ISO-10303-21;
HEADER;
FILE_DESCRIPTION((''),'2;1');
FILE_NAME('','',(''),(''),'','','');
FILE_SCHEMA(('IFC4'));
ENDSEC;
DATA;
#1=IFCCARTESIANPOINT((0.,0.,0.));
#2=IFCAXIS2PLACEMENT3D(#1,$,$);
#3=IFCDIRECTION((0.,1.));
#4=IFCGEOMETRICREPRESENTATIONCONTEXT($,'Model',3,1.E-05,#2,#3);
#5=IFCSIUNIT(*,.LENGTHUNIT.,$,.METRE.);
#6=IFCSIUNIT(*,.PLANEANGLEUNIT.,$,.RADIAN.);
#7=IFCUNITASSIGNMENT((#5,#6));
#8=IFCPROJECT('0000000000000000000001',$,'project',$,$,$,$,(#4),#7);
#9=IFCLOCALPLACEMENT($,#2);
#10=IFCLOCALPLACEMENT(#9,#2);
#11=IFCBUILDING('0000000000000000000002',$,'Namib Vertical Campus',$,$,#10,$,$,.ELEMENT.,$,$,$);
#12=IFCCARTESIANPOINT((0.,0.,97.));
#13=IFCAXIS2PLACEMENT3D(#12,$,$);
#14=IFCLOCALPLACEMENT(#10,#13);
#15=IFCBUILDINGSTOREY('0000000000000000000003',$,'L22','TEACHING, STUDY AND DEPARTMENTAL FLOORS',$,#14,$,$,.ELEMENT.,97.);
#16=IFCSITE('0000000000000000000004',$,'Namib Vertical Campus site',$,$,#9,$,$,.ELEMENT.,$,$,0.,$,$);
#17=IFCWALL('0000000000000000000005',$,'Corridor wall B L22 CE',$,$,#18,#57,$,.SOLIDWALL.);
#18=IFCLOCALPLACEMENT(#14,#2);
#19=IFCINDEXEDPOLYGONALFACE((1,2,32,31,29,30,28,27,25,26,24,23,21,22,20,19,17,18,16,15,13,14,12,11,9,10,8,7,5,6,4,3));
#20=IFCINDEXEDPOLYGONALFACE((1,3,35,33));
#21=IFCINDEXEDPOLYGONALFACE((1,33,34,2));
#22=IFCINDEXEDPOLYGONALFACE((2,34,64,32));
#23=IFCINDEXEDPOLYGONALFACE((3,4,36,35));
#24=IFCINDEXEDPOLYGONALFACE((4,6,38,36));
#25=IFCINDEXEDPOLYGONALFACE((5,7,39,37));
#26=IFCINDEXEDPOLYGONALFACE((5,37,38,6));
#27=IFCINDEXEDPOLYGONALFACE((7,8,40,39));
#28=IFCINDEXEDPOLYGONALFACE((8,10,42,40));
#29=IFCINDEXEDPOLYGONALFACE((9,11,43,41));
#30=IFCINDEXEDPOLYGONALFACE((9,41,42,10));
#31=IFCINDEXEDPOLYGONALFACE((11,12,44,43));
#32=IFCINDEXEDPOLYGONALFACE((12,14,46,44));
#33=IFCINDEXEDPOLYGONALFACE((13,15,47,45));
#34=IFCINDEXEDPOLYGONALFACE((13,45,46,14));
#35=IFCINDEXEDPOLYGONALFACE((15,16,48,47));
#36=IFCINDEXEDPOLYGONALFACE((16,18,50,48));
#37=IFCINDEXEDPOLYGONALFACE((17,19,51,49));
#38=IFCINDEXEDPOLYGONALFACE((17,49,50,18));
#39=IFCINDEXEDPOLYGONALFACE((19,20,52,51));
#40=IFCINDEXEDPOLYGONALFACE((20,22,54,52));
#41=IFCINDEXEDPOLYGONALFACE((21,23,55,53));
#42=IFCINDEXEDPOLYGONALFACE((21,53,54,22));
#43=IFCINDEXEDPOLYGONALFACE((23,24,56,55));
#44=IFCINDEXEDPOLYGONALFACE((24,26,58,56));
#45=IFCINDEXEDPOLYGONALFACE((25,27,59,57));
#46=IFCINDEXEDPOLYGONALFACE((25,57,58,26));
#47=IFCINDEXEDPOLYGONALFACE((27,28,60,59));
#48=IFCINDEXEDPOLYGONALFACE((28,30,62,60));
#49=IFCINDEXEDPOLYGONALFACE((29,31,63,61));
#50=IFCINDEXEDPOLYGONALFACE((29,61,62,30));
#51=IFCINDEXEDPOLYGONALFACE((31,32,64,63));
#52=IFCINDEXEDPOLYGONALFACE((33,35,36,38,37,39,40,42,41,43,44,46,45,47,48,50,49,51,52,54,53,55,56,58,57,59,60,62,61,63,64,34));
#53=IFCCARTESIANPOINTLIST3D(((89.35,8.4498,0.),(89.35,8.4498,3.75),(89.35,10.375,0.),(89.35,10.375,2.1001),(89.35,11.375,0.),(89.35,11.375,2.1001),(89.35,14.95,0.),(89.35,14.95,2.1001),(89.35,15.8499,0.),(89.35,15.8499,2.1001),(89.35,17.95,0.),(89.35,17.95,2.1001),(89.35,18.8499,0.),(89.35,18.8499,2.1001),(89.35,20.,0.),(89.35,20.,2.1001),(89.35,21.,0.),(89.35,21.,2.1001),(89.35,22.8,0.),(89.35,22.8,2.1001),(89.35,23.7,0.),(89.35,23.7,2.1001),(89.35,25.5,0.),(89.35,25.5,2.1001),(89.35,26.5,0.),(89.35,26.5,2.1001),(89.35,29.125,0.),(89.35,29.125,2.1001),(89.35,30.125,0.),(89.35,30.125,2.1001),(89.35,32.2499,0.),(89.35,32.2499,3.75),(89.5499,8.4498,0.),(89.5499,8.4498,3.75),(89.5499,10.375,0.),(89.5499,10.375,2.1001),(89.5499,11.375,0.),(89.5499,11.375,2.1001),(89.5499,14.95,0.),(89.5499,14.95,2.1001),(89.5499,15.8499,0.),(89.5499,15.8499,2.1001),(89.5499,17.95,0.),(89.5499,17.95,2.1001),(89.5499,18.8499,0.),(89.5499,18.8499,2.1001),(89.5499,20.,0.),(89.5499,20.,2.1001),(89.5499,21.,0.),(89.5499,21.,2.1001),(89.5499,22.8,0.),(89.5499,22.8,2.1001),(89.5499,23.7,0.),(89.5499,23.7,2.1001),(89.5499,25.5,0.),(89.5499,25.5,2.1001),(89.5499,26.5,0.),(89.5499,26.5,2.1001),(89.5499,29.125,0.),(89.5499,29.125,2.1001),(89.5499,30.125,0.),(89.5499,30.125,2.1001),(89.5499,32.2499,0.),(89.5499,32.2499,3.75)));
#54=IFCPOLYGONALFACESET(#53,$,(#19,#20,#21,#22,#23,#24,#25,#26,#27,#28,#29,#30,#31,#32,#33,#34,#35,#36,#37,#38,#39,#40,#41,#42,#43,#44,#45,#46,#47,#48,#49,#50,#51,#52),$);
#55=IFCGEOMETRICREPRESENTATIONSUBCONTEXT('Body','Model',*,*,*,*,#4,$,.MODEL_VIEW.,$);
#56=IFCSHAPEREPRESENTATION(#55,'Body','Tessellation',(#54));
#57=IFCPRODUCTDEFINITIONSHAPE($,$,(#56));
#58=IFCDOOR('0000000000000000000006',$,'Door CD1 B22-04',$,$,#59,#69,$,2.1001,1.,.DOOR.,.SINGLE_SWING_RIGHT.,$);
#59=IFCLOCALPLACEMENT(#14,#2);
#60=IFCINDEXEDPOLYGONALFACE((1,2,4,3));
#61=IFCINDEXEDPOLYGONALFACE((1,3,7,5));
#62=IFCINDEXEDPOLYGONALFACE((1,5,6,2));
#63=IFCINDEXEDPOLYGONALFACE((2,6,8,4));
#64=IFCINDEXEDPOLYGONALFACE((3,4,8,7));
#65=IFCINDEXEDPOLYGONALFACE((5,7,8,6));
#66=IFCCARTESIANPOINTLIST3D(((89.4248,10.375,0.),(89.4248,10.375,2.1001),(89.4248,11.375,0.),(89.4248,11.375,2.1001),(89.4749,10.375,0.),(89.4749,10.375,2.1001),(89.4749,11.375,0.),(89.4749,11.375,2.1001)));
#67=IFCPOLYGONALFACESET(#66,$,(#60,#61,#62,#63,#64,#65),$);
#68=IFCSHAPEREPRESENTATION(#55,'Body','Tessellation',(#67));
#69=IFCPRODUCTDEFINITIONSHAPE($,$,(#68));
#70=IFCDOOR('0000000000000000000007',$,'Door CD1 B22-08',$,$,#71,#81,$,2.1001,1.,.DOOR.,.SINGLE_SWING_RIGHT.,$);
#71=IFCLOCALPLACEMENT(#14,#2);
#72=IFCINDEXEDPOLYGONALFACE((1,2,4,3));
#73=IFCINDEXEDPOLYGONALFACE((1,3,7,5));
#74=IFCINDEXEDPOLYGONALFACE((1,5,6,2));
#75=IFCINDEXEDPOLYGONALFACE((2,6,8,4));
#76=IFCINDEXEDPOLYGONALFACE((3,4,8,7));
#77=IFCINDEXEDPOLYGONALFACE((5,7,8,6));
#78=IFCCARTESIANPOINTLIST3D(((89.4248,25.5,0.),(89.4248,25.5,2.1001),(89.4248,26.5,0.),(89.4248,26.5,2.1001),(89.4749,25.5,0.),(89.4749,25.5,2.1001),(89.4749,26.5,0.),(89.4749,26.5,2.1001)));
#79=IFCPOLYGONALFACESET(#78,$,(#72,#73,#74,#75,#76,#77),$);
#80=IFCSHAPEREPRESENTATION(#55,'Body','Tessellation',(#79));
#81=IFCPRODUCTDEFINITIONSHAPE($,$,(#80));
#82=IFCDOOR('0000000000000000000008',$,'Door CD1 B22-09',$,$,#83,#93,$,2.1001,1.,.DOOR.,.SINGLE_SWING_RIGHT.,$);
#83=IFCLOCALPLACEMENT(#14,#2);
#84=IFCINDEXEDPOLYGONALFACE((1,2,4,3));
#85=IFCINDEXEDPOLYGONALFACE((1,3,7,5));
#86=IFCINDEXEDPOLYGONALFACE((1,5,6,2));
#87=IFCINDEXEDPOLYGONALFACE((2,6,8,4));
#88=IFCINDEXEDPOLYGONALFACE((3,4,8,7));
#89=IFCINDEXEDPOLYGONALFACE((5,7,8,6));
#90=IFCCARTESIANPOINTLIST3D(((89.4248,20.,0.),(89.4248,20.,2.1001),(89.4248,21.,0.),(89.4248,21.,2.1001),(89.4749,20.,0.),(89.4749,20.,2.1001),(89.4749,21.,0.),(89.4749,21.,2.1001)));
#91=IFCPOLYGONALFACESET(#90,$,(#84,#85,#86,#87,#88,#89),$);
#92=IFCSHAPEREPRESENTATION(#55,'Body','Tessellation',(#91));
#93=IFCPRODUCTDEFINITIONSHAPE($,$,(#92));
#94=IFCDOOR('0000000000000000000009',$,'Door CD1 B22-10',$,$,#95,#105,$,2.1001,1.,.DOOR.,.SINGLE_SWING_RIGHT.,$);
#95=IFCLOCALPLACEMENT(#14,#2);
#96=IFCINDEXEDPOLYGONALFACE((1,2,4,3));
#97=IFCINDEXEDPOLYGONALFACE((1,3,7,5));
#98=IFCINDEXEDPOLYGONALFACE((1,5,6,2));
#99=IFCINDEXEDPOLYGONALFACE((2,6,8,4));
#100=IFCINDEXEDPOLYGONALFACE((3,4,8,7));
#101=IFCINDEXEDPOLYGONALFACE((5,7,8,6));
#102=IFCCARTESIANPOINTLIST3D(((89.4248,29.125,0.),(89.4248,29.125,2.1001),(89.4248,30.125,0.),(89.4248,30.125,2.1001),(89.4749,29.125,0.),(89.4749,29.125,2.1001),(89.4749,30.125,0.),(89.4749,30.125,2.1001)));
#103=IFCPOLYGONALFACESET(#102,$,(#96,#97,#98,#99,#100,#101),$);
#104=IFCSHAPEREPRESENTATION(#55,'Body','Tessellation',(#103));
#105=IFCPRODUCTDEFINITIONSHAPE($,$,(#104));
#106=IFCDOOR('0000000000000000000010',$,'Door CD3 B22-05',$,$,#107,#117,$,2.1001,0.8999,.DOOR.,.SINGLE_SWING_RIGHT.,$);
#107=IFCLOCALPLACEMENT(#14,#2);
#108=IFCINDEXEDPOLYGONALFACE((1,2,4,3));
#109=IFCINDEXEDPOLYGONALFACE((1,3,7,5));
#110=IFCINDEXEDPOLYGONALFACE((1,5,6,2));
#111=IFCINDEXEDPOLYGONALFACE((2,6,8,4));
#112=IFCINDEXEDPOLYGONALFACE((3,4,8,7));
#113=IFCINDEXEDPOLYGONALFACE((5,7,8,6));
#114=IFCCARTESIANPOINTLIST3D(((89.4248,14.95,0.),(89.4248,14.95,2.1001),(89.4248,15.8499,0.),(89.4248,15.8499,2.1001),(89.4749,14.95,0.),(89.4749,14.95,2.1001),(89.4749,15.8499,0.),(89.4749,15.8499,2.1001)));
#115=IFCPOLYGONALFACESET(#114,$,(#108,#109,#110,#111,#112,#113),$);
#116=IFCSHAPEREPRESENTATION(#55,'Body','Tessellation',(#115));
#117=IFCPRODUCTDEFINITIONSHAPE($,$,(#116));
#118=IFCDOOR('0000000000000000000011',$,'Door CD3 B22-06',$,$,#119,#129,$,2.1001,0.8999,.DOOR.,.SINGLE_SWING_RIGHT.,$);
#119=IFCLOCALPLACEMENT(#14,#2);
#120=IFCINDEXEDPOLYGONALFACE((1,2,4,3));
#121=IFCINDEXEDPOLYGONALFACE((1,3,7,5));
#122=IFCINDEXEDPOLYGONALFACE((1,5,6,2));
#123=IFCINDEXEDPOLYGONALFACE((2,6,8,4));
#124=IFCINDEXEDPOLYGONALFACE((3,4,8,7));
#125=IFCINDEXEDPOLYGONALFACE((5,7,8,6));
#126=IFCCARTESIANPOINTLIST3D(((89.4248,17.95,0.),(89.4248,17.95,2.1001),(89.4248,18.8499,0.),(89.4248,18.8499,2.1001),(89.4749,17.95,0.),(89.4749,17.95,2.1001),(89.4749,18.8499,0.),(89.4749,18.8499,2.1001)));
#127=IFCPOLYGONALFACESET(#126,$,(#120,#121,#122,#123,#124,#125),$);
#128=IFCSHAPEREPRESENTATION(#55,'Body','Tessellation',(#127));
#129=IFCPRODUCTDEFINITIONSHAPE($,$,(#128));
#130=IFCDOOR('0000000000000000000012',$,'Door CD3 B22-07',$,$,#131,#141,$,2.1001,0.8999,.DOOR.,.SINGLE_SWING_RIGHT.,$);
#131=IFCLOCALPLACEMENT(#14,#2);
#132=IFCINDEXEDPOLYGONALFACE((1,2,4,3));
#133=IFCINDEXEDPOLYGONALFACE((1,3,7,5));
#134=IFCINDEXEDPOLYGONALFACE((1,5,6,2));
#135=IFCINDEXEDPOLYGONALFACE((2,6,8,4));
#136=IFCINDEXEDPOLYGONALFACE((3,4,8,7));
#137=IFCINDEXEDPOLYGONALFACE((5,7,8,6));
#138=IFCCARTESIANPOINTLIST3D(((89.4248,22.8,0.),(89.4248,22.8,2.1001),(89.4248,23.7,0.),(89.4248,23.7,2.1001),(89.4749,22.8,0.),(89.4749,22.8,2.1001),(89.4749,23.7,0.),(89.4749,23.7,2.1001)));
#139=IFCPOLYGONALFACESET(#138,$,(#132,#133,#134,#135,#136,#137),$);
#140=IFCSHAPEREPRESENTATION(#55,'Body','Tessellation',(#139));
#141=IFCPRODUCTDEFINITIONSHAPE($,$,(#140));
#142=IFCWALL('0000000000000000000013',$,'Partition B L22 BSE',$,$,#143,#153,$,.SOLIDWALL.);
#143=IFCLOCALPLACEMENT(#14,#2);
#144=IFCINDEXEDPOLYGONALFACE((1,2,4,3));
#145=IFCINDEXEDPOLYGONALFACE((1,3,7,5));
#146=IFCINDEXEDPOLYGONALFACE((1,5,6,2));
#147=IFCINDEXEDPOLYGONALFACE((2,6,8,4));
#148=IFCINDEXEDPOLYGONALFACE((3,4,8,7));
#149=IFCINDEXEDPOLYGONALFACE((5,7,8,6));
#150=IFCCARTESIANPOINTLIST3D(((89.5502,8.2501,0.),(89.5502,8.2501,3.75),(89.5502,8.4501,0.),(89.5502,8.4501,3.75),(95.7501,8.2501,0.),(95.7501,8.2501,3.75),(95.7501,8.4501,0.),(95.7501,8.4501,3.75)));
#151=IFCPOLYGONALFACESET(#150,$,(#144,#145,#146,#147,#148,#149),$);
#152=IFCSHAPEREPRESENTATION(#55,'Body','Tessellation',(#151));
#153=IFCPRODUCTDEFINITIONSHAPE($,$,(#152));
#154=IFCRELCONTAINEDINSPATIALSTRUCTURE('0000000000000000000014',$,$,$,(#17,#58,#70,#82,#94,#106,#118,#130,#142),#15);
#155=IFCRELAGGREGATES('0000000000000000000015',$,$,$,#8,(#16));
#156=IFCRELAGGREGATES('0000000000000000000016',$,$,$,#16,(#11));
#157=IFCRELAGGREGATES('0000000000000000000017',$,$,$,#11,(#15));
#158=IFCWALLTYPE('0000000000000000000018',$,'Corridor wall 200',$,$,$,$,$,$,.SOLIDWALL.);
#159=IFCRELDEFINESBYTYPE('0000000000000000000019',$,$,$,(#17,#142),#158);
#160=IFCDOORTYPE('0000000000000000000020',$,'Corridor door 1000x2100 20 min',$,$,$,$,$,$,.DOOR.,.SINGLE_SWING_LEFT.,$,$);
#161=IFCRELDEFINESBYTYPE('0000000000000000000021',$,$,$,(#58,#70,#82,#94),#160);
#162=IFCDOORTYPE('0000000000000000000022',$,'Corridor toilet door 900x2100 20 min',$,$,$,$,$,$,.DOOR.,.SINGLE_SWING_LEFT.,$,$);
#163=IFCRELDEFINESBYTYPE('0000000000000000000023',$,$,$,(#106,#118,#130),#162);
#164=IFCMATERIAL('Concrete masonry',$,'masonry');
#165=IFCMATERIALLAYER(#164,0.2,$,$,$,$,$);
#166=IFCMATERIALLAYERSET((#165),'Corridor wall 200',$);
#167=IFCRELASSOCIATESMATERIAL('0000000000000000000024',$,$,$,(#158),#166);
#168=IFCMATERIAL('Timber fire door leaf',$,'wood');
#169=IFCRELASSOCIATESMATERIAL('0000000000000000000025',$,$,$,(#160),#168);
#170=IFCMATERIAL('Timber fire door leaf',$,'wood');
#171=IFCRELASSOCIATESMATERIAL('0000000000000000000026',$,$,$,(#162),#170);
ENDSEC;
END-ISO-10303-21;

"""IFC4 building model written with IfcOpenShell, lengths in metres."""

from ifc_helpers import new_model, si_unit, direction, frame, frame_2d, origin, place, context, subcontext, project, spatial, rectangle, extrude, material, layer, layer_set, type_object, element, fill, save


model = new_model("IFC4")

# Units and contexts
model_context = context("Model", 3, precision=1e-05, world=origin(), true_north=direction((0.0, 1.0)))
body_context = subcontext(model_context, "Body", "Model", "MODEL_VIEW")
ifc_project = project(units=[si_unit("LENGTHUNIT", "METRE"), si_unit("PLANEANGLEUNIT", "RADIAN")], contexts=[model_context])

# Site, building, storey
site_placement = place(None, origin())
site = spatial("IfcSite", under=ifc_project, at=site_placement, Name="Namib Vertical Campus site", CompositionType="ELEMENT", RefElevation=0.0)
building_placement = place(site_placement, origin())
building = spatial("IfcBuilding", under=site, at=building_placement, Name="Namib Vertical Campus", CompositionType="ELEMENT")
storey_placement = place(building_placement, frame((0.0, 0.0, 97.0)))
storey = spatial("IfcBuildingStorey", under=building, at=storey_placement, Name="L22", Description="TEACHING, STUDY AND DEPARTMENTAL FLOORS", CompositionType="ELEMENT", Elevation=97.0)

# Wall, openings, doors
ifc_material_1 = material(Name="Concrete masonry", Category="masonry")
ifc_layer_1 = layer(ifc_material_1, 0.2)
ifc_layer_set_1 = layer_set([ifc_layer_1], Name="Corridor wall 200")
wall_type_1 = type_object("IfcWallType", Name="Corridor wall 200", PredefinedType="SOLIDWALL", material=ifc_layer_set_1)
wall_1_placement = place(storey_placement, frame((89.45, 8.45, 0.0), z_axis=(0.0, 0.0, 1.0), x_axis=(0.0, 1.0, 0.0)))
wall_1 = element("IfcWall", 1, at=wall_1_placement, inside=storey, type_object=wall_type_1, Name="Corridor wall B L22 CE", PredefinedType="SOLIDWALL", context=body_context, shape_type="SweptSolid", body=[
    extrude(rectangle(XDim=23.8, YDim=0.2, at=frame_2d((11.8999, 0.0))), origin(), (0.0, 0.0, 1.0), 3.75),
])
opening_1_placement = place(wall_1_placement, frame((1.925, 0.0, 0.0)))
opening_1 = element("IfcOpeningElement", 2, at=opening_1_placement, cuts=wall_1, PredefinedType="OPENING", context=body_context, shape_type="SweptSolid", body=[
    extrude(rectangle(XDim=1.0, YDim=2.1001, at=frame_2d((0.5, 1.05))), frame((0.0, 0.1099, 0.0), z_axis=(0.0, -1.0, 0.0), x_axis=(1.0, 0.0, 0.0)), (0.0, 0.0, 1.0), 0.22),
])
opening_2_placement = place(wall_1_placement, frame((6.5, 0.0, 0.0)))
opening_2 = element("IfcOpeningElement", 3, at=opening_2_placement, cuts=wall_1, PredefinedType="OPENING", context=body_context, shape_type="SweptSolid", body=[
    extrude(rectangle(XDim=0.8999, YDim=2.1001, at=frame_2d((0.45, 1.05))), frame((0.0, 0.1099, 0.0), z_axis=(0.0, -1.0, 0.0), x_axis=(1.0, 0.0, 0.0)), (0.0, 0.0, 1.0), 0.22),
])
opening_3_placement = place(wall_1_placement, frame((9.5, 0.0, 0.0)))
opening_3 = element("IfcOpeningElement", 4, at=opening_3_placement, cuts=wall_1, PredefinedType="OPENING", context=body_context, shape_type="SweptSolid", body=[
    extrude(rectangle(XDim=0.8999, YDim=2.1001, at=frame_2d((0.45, 1.05))), frame((0.0, 0.1099, 0.0), z_axis=(0.0, -1.0, 0.0), x_axis=(1.0, 0.0, 0.0)), (0.0, 0.0, 1.0), 0.22),
])
opening_4_placement = place(wall_1_placement, frame((14.3501, 0.0, 0.0)))
opening_4 = element("IfcOpeningElement", 5, at=opening_4_placement, cuts=wall_1, PredefinedType="OPENING", context=body_context, shape_type="SweptSolid", body=[
    extrude(rectangle(XDim=0.8999, YDim=2.1001, at=frame_2d((0.45, 1.05))), frame((0.0, 0.1099, 0.0), z_axis=(0.0, -1.0, 0.0), x_axis=(1.0, 0.0, 0.0)), (0.0, 0.0, 1.0), 0.22),
])
opening_5_placement = place(wall_1_placement, frame((17.05, 0.0, 0.0)))
opening_5 = element("IfcOpeningElement", 6, at=opening_5_placement, cuts=wall_1, PredefinedType="OPENING", context=body_context, shape_type="SweptSolid", body=[
    extrude(rectangle(XDim=1.0, YDim=2.1001, at=frame_2d((0.5, 1.05))), frame((0.0, 0.1099, 0.0), z_axis=(0.0, -1.0, 0.0), x_axis=(1.0, 0.0, 0.0)), (0.0, 0.0, 1.0), 0.22),
])
opening_6_placement = place(wall_1_placement, frame((11.55, 0.0, 0.0)))
opening_6 = element("IfcOpeningElement", 7, at=opening_6_placement, cuts=wall_1, PredefinedType="OPENING", context=body_context, shape_type="SweptSolid", body=[
    extrude(rectangle(XDim=1.0, YDim=2.1001, at=frame_2d((0.5, 1.05))), frame((0.0, 0.1099, 0.0), z_axis=(0.0, -1.0, 0.0), x_axis=(1.0, 0.0, 0.0)), (0.0, 0.0, 1.0), 0.22),
])
opening_7_placement = place(wall_1_placement, frame((20.675, 0.0, 0.0)))
opening_7 = element("IfcOpeningElement", 8, at=opening_7_placement, cuts=wall_1, PredefinedType="OPENING", context=body_context, shape_type="SweptSolid", body=[
    extrude(rectangle(XDim=1.0, YDim=2.1001, at=frame_2d((0.5, 1.05))), frame((0.0, 0.1099, 0.0), z_axis=(0.0, -1.0, 0.0), x_axis=(1.0, 0.0, 0.0)), (0.0, 0.0, 1.0), 0.22),
])
ifc_material_2 = material(Name="Timber fire door leaf", Category="wood")
door_type_1 = type_object("IfcDoorType", Name="Corridor door 1000x2100 20 min", OperationType="SINGLE_SWING_LEFT", PredefinedType="DOOR", material=ifc_material_2)
door_1_placement = place(opening_1_placement, frame((1.0, 0.0, 0.0), z_axis=(0.0, 0.0, 1.0), x_axis=(-1.0, 0.0, 0.0)))
door_1 = element("IfcDoor", 9, at=door_1_placement, inside=storey, type_object=door_type_1, Name="Door CD1 B22-04", OperationType="SINGLE_SWING_RIGHT", OverallHeight=2.1001, OverallWidth=1.0, PredefinedType="DOOR", context=body_context, shape_type="SweptSolid", body=[
    extrude(rectangle(XDim=1.0, YDim=2.1001, at=frame_2d((0.5, 1.05))), frame((0.0, 0.0249, 0.0), z_axis=(0.0, -1.0, 0.0), x_axis=(1.0, 0.0, 0.0)), (0.0, 0.0, 1.0), 0.05),
])
fill(opening_1, door_1)
door_2_placement = place(opening_5_placement, frame((1.0, 0.0, 0.0), z_axis=(0.0, 0.0, 1.0), x_axis=(-1.0, 0.0, 0.0)))
door_2 = element("IfcDoor", 10, at=door_2_placement, inside=storey, type_object=door_type_1, Name="Door CD1 B22-08", OperationType="SINGLE_SWING_RIGHT", OverallHeight=2.1001, OverallWidth=1.0, PredefinedType="DOOR", context=body_context, shape_type="SweptSolid", body=[
    extrude(rectangle(XDim=1.0, YDim=2.1001, at=frame_2d((0.5, 1.05))), frame((0.0, 0.0249, 0.0), z_axis=(0.0, -1.0, 0.0), x_axis=(1.0, 0.0, 0.0)), (0.0, 0.0, 1.0), 0.05),
])
fill(opening_5, door_2)
door_3_placement = place(opening_6_placement, frame((1.0, 0.0, 0.0), z_axis=(0.0, 0.0, 1.0), x_axis=(-1.0, 0.0, 0.0)))
door_3 = element("IfcDoor", 11, at=door_3_placement, inside=storey, type_object=door_type_1, Name="Door CD1 B22-09", OperationType="SINGLE_SWING_RIGHT", OverallHeight=2.1001, OverallWidth=1.0, PredefinedType="DOOR", context=body_context, shape_type="SweptSolid", body=[
    extrude(rectangle(XDim=1.0, YDim=2.1001, at=frame_2d((0.5, 1.05))), frame((0.0, 0.0249, 0.0), z_axis=(0.0, -1.0, 0.0), x_axis=(1.0, 0.0, 0.0)), (0.0, 0.0, 1.0), 0.05),
])
fill(opening_6, door_3)
door_4_placement = place(opening_7_placement, frame((1.0, 0.0, 0.0), z_axis=(0.0, 0.0, 1.0), x_axis=(-1.0, 0.0, 0.0)))
door_4 = element("IfcDoor", 12, at=door_4_placement, inside=storey, type_object=door_type_1, Name="Door CD1 B22-10", OperationType="SINGLE_SWING_RIGHT", OverallHeight=2.1001, OverallWidth=1.0, PredefinedType="DOOR", context=body_context, shape_type="SweptSolid", body=[
    extrude(rectangle(XDim=1.0, YDim=2.1001, at=frame_2d((0.5, 1.05))), frame((0.0, 0.0249, 0.0), z_axis=(0.0, -1.0, 0.0), x_axis=(1.0, 0.0, 0.0)), (0.0, 0.0, 1.0), 0.05),
])
fill(opening_7, door_4)
ifc_material_3 = material(Name="Timber fire door leaf", Category="wood")
door_type_2 = type_object("IfcDoorType", Name="Corridor toilet door 900x2100 20 min", OperationType="SINGLE_SWING_LEFT", PredefinedType="DOOR", material=ifc_material_3)
door_5_placement = place(opening_2_placement, frame((0.8999, 0.0, 0.0), z_axis=(0.0, 0.0, 1.0), x_axis=(-1.0, 0.0, 0.0)))
door_5 = element("IfcDoor", 13, at=door_5_placement, inside=storey, type_object=door_type_2, Name="Door CD3 B22-05", OperationType="SINGLE_SWING_RIGHT", OverallHeight=2.1001, OverallWidth=0.8999, PredefinedType="DOOR", context=body_context, shape_type="SweptSolid", body=[
    extrude(rectangle(XDim=0.8999, YDim=2.1001, at=frame_2d((0.45, 1.05))), frame((0.0, 0.0249, 0.0), z_axis=(0.0, -1.0, 0.0), x_axis=(1.0, 0.0, 0.0)), (0.0, 0.0, 1.0), 0.05),
])
fill(opening_2, door_5)
door_6_placement = place(opening_3_placement, frame((0.8999, 0.0, 0.0), z_axis=(0.0, 0.0, 1.0), x_axis=(-1.0, 0.0, 0.0)))
door_6 = element("IfcDoor", 14, at=door_6_placement, inside=storey, type_object=door_type_2, Name="Door CD3 B22-06", OperationType="SINGLE_SWING_RIGHT", OverallHeight=2.1001, OverallWidth=0.8999, PredefinedType="DOOR", context=body_context, shape_type="SweptSolid", body=[
    extrude(rectangle(XDim=0.8999, YDim=2.1001, at=frame_2d((0.45, 1.05))), frame((0.0, 0.0249, 0.0), z_axis=(0.0, -1.0, 0.0), x_axis=(1.0, 0.0, 0.0)), (0.0, 0.0, 1.0), 0.05),
])
fill(opening_3, door_6)
door_7_placement = place(opening_4_placement, frame((0.8999, 0.0, 0.0), z_axis=(0.0, 0.0, 1.0), x_axis=(-1.0, 0.0, 0.0)))
door_7 = element("IfcDoor", 15, at=door_7_placement, inside=storey, type_object=door_type_2, Name="Door CD3 B22-07", OperationType="SINGLE_SWING_RIGHT", OverallHeight=2.1001, OverallWidth=0.8999, PredefinedType="DOOR", context=body_context, shape_type="SweptSolid", body=[
    extrude(rectangle(XDim=0.8999, YDim=2.1001, at=frame_2d((0.45, 1.05))), frame((0.0, 0.0249, 0.0), z_axis=(0.0, -1.0, 0.0), x_axis=(1.0, 0.0, 0.0)), (0.0, 0.0, 1.0), 0.05),
])
fill(opening_4, door_7)

# Wall
wall_2_placement = place(storey_placement, frame((89.55, 8.3501, 0.0), z_axis=(0.0, 0.0, 1.0), x_axis=(1.0, 0.0, 0.0)))
element("IfcWall", 16, at=wall_2_placement, inside=storey, type_object=wall_type_1, Name="Partition B L22 BSE", PredefinedType="SOLIDWALL", context=body_context, shape_type="SweptSolid", body=[
    extrude(rectangle(XDim=6.2, YDim=0.2, at=frame_2d((3.1001, 0.0))), origin(), (0.0, 0.0, 1.0), 3.75),
])

save(model, "model.ifc")
